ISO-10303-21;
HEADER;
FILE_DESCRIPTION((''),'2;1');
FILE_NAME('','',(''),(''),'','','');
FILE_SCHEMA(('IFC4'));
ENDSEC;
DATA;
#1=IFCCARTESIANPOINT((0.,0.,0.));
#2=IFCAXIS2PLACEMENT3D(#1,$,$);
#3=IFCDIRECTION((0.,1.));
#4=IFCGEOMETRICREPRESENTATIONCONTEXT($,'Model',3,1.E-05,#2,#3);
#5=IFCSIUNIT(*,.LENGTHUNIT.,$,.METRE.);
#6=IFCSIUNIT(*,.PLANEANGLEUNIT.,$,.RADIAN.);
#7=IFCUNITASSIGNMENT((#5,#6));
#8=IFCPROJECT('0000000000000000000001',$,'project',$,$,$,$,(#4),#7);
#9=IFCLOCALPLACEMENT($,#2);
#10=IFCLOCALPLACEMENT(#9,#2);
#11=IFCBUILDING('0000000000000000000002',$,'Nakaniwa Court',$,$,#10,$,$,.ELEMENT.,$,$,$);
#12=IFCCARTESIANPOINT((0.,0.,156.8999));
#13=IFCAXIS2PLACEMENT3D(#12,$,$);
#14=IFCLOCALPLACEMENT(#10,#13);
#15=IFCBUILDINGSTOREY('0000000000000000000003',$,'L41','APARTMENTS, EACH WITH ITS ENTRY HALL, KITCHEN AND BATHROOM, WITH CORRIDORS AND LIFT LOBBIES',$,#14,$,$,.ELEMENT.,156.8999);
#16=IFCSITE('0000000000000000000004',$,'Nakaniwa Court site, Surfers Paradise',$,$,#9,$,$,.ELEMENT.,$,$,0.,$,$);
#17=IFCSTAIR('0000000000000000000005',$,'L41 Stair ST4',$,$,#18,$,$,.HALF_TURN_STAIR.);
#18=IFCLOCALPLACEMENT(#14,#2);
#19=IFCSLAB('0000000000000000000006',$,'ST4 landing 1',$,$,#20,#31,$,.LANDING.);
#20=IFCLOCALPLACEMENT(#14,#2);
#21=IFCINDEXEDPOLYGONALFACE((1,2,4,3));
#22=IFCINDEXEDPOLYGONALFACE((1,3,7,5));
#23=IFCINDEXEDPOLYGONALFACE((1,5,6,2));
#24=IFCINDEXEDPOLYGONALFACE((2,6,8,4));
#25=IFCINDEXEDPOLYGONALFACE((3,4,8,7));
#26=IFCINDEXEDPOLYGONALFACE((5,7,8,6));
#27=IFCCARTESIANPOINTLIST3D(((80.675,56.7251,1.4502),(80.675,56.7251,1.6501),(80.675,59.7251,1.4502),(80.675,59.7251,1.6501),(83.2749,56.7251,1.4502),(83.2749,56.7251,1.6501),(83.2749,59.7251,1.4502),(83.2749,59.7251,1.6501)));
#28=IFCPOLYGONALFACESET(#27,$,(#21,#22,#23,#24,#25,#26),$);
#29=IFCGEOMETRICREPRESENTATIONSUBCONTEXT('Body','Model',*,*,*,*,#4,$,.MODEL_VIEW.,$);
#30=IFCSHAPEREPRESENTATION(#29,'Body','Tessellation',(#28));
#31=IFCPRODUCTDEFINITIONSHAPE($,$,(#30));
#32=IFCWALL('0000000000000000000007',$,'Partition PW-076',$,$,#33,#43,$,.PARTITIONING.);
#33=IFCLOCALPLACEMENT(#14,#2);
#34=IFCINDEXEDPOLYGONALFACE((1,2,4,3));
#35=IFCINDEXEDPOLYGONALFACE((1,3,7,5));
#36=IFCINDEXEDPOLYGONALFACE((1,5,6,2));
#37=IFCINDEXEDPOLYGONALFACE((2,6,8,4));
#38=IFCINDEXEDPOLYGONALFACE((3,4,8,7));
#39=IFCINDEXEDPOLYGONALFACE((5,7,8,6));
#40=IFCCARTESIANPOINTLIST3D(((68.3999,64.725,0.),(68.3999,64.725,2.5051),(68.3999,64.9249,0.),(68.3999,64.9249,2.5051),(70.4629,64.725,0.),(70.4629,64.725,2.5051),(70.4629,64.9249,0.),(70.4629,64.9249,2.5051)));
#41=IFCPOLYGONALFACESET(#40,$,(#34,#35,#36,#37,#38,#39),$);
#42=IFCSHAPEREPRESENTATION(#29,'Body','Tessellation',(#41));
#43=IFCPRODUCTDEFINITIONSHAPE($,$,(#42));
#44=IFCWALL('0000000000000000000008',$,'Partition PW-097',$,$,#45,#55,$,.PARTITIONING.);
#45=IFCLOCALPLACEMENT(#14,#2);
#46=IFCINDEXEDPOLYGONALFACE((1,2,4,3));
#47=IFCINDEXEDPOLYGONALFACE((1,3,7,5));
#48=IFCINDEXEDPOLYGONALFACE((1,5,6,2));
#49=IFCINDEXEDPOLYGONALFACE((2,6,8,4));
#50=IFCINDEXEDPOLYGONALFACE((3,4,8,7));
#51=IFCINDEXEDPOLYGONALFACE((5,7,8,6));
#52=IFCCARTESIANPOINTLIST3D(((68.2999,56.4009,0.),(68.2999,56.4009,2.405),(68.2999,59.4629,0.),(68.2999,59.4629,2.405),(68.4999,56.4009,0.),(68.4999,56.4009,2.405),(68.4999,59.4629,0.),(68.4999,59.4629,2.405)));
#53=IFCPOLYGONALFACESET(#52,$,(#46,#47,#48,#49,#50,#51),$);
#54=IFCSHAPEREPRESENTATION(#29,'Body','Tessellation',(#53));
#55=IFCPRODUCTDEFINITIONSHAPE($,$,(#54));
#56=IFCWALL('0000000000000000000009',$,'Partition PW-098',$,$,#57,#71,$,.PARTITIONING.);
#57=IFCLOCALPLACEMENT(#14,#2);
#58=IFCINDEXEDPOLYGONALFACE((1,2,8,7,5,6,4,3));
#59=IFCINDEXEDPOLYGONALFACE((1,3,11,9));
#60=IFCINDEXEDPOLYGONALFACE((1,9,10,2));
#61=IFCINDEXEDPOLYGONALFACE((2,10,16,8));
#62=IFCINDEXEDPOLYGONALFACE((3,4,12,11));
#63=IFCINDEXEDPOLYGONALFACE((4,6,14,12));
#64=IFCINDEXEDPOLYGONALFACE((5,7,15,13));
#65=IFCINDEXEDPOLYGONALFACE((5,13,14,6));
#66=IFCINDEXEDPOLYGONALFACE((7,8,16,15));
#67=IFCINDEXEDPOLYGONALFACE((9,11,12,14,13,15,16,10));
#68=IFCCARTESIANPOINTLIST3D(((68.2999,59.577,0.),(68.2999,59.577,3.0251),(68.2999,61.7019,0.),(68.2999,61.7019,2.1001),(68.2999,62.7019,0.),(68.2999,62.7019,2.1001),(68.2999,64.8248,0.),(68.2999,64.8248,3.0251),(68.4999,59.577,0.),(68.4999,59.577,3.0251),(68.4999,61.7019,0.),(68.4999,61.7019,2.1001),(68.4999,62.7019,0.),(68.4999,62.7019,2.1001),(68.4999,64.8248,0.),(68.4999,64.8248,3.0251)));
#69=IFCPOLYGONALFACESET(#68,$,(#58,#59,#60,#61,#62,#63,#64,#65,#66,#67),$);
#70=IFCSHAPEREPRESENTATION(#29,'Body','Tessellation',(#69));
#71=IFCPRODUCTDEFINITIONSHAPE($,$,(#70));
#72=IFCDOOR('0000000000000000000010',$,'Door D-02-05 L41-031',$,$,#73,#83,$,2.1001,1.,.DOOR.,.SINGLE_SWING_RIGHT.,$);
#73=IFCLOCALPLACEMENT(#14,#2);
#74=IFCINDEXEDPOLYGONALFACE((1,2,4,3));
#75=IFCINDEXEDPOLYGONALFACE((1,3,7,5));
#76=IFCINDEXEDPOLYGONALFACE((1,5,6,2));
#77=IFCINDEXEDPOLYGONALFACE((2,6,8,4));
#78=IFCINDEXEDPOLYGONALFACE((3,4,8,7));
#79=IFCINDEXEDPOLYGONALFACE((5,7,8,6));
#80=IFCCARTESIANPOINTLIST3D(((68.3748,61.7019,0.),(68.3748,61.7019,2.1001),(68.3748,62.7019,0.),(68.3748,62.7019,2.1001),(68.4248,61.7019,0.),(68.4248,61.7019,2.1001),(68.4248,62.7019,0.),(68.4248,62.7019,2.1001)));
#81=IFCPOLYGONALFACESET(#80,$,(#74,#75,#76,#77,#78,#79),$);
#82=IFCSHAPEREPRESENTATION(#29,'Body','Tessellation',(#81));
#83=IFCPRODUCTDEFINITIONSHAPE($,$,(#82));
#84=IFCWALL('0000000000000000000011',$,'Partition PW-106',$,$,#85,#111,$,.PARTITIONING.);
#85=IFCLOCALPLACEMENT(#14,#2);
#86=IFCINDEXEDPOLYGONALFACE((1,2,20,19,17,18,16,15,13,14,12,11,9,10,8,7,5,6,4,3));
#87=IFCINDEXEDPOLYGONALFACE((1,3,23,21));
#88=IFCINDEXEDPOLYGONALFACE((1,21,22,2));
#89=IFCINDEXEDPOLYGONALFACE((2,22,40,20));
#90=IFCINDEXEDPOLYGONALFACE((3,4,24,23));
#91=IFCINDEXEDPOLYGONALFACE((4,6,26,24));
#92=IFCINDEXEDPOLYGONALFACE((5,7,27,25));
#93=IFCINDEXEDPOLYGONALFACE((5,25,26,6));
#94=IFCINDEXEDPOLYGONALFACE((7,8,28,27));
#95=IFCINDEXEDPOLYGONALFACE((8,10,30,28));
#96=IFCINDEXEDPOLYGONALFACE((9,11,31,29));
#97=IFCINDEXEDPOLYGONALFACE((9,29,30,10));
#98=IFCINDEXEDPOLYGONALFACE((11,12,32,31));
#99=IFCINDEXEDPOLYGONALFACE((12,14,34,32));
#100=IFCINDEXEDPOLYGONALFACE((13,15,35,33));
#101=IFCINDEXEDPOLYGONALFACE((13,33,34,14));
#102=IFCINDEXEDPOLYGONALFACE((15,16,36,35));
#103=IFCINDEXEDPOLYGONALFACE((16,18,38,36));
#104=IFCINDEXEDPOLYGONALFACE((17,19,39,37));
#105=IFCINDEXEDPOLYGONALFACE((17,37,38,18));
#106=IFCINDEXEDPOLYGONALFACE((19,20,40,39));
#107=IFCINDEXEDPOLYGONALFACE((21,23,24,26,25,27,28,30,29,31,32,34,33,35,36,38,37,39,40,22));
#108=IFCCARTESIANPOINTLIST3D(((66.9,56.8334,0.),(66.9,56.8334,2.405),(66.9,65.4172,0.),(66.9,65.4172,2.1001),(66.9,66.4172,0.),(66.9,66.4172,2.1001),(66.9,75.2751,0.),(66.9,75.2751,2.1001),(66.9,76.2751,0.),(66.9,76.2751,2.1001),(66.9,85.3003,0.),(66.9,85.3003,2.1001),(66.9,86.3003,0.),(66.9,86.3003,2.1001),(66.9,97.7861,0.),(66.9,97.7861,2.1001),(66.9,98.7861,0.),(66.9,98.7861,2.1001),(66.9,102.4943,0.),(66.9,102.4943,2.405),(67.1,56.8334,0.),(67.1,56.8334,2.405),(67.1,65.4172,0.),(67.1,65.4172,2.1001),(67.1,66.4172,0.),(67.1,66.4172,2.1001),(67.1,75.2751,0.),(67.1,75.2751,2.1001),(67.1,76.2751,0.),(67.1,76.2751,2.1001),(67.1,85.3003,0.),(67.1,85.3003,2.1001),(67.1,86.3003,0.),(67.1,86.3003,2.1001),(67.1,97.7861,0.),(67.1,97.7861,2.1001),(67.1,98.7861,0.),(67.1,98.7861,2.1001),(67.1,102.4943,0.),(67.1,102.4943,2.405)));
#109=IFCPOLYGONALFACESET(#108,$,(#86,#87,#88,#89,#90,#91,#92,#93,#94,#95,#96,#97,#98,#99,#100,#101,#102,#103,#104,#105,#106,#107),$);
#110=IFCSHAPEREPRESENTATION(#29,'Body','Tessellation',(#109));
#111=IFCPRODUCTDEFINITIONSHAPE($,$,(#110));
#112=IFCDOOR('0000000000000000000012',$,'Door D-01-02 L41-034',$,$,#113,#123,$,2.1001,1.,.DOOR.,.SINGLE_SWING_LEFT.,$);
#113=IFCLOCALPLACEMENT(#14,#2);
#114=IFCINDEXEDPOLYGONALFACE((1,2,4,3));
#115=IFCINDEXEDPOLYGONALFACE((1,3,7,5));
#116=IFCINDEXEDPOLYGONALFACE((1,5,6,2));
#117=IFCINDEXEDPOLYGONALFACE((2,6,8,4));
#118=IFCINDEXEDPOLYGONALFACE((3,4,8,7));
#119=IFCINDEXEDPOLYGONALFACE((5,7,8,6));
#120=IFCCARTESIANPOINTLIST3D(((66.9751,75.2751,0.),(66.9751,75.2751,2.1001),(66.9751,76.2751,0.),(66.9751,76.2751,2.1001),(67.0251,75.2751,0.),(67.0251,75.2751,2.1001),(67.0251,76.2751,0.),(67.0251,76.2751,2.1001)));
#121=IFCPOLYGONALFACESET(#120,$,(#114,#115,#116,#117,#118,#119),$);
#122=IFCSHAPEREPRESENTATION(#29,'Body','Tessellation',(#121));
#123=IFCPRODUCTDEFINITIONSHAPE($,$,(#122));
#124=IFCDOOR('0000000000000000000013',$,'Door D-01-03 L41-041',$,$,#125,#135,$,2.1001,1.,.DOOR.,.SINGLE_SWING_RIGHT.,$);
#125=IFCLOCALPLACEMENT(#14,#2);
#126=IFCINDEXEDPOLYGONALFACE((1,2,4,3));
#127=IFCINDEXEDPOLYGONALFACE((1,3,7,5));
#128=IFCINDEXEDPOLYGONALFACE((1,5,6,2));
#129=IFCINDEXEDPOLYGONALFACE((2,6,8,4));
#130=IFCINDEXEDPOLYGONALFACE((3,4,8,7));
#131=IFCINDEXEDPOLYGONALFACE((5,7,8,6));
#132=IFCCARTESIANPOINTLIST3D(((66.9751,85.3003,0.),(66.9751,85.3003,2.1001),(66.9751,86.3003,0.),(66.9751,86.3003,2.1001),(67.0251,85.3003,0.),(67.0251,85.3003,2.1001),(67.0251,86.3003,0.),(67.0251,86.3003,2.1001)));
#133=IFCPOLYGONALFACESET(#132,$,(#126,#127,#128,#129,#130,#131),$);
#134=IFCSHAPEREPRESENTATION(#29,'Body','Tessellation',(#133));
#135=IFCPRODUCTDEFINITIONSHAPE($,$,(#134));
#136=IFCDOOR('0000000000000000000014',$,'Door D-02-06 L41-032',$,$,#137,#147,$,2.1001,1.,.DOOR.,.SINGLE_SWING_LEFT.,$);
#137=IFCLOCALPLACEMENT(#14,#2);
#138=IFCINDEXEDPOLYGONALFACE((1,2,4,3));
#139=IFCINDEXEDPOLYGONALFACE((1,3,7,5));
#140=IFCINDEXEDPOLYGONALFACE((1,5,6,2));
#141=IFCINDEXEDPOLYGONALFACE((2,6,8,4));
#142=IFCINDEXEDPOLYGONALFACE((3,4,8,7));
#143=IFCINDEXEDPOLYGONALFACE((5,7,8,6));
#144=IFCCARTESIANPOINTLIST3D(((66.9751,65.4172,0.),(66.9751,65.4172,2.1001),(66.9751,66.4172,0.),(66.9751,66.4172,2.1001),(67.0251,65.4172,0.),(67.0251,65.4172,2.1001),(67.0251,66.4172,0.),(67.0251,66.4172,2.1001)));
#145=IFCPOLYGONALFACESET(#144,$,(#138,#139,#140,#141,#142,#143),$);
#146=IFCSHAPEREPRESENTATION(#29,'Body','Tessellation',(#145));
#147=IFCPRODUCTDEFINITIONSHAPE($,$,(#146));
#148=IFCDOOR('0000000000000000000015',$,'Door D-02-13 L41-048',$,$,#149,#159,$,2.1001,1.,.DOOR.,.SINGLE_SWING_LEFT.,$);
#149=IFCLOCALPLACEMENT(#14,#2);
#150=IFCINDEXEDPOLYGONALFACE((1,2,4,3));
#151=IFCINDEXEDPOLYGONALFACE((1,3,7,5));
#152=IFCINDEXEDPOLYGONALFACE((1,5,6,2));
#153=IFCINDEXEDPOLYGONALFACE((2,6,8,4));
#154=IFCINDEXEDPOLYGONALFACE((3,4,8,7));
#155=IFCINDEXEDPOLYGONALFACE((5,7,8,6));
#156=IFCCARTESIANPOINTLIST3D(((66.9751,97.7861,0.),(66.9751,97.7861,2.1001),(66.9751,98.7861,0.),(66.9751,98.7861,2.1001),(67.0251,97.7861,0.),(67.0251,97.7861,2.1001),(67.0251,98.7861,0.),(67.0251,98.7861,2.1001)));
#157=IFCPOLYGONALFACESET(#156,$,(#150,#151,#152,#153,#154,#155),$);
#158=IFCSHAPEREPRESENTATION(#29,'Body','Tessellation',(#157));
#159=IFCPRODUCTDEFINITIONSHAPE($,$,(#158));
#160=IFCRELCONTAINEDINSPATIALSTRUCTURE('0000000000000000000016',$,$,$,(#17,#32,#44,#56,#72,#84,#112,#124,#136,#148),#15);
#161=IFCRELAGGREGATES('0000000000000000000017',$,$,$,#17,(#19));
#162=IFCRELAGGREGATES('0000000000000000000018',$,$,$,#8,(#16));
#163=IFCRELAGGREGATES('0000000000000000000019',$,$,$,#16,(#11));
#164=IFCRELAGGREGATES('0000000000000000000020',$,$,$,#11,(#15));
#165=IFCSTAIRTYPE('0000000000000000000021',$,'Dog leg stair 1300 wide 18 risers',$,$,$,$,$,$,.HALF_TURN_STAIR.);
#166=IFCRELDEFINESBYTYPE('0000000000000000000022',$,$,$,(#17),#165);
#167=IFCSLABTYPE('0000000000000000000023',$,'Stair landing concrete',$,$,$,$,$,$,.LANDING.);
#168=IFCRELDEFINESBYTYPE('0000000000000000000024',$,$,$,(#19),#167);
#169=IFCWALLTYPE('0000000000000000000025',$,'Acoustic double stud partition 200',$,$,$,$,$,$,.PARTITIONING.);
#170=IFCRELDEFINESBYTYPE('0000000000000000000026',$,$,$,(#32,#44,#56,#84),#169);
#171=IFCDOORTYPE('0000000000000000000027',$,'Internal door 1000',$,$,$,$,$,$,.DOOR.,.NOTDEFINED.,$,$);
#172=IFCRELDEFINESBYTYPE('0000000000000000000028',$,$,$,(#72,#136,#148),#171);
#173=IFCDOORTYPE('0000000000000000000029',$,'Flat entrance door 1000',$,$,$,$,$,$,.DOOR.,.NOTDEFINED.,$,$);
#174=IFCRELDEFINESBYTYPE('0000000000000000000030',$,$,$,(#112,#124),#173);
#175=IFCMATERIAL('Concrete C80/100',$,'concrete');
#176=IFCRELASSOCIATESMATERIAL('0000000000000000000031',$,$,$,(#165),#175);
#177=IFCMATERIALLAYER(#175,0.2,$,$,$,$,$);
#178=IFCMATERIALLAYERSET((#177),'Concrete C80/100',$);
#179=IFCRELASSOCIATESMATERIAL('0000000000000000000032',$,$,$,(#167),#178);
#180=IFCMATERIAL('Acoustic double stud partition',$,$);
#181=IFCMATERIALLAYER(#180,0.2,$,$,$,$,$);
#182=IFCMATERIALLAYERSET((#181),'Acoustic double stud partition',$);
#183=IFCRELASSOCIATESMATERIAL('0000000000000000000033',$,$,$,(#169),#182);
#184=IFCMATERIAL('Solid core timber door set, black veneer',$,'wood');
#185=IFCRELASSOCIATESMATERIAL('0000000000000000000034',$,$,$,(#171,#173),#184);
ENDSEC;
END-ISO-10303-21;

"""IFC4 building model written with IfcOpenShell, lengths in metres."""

from ifc_helpers import new_model, si_unit, direction, frame, frame_2d, origin, place, context, subcontext, project, spatial, polyline, rectangle, outline, extrude, material, layer, layer_set, type_object, element, fill, aggregate, save


model = new_model("IFC4")

# Units and contexts
model_context = context("Model", 3, precision=1e-05, world=origin(), true_north=direction((0.0, 1.0)))
body_context = subcontext(model_context, "Body", "Model", "MODEL_VIEW")
ifc_project = project(units=[si_unit("LENGTHUNIT", "METRE"), si_unit("PLANEANGLEUNIT", "RADIAN")], contexts=[model_context])

# Site, building, storey
site_placement = place(None, origin())
site = spatial("IfcSite", under=ifc_project, at=site_placement, Name="Nakaniwa Court site, Surfers Paradise", CompositionType="ELEMENT", RefElevation=0.0)
building_placement = place(site_placement, origin())
building = spatial("IfcBuilding", under=site, at=building_placement, Name="Nakaniwa Court", CompositionType="ELEMENT")
storey_placement = place(building_placement, frame((0.0, 0.0, 156.8999)))
storey = spatial("IfcBuildingStorey", under=building, at=storey_placement, Name="L41", Description="APARTMENTS, EACH WITH ITS ENTRY HALL, KITCHEN AND BATHROOM, WITH CORRIDORS AND LIFT LOBBIES", CompositionType="ELEMENT", Elevation=156.8999)

# Shared definitions
ifc_material_1 = material(Name="Concrete C80/100", Category="concrete")

# Stair, slab
stair_type = type_object("IfcStairType", Name="Dog leg stair 1300 wide 18 risers", PredefinedType="HALF_TURN_STAIR", material=ifc_material_1)
ifc_layer_1 = layer(ifc_material_1, 0.2)
ifc_layer_set_1 = layer_set([ifc_layer_1], Name="Concrete C80/100")
slab_type_1 = type_object("IfcSlabType", Name="Stair landing concrete", PredefinedType="LANDING", material=ifc_layer_set_1)
stair_1_placement = place(storey_placement, origin())
stair_1 = element("IfcStair", 1, at=stair_1_placement, inside=storey, type_object=stair_type, Name="L41 Stair ST4", PredefinedType="HALF_TURN_STAIR")
slab_1_placement = place(storey_placement, frame((0.0, 0.0, 1.4502)))
slab_1 = element("IfcSlab", 2, at=slab_1_placement, type_object=slab_type_1, Name="ST4 landing 1", PredefinedType="LANDING", context=body_context, shape_type="SweptSolid", body=[
    extrude(outline(polyline([(83.2749, 56.7251), (83.2749, 59.7251), (80.675, 59.7251), (80.675, 56.7251), (83.2749, 56.7251)])), origin(), (0.0, 0.0, 1.0), 0.2),
])
aggregate(stair_1, [slab_1])

# Walls
ifc_material_2 = material(Name="Acoustic double stud partition")
ifc_layer_2 = layer(ifc_material_2, 0.2)
ifc_layer_set_2 = layer_set([ifc_layer_2], Name="Acoustic double stud partition")
wall_type_1 = type_object("IfcWallType", Name="Acoustic double stud partition 200", PredefinedType="PARTITIONING", material=ifc_layer_set_2)
wall_1_placement = place(storey_placement, frame((68.3999, 64.825, 0.0), z_axis=(0.0, 0.0, 1.0), x_axis=(1.0, 0.0, 0.0)))
element("IfcWall", 3, at=wall_1_placement, inside=storey, type_object=wall_type_1, Name="Partition PW-076", PredefinedType="PARTITIONING", context=body_context, shape_type="SweptSolid", body=[
    extrude(rectangle(XDim=2.063, YDim=0.2, at=frame_2d((1.0315, 0.0))), origin(), (0.0, 0.0, 1.0), 2.5051),
])
wall_2_placement = place(storey_placement, frame((68.3999, 56.4009, 0.0), z_axis=(0.0, 0.0, 1.0), x_axis=(0.0, 1.0, 0.0)))
element("IfcWall", 4, at=wall_2_placement, inside=storey, type_object=wall_type_1, Name="Partition PW-097", PredefinedType="PARTITIONING", context=body_context, shape_type="SweptSolid", body=[
    extrude(rectangle(XDim=3.062, YDim=0.2, at=frame_2d((1.531, 0.0))), origin(), (0.0, 0.0, 1.0), 2.405),
])

# Wall, opening, door
wall_3_placement = place(storey_placement, frame((68.3999, 64.825, 0.0), z_axis=(0.0, 0.0, 1.0), x_axis=(0.0, -1.0, 0.0)))
wall_3 = element("IfcWall", 5, at=wall_3_placement, inside=storey, type_object=wall_type_1, Name="Partition PW-098", PredefinedType="PARTITIONING", context=body_context, shape_type="SweptSolid", body=[
    extrude(rectangle(XDim=5.2478, YDim=0.2, at=frame_2d((2.624, 0.0))), origin(), (0.0, 0.0, 1.0), 3.0251),
])
opening_1_placement = place(wall_3_placement, frame((2.123, 0.0, 0.0)))
opening_1 = element("IfcOpeningElement", 6, at=opening_1_placement, cuts=wall_3, PredefinedType="OPENING", context=body_context, shape_type="SweptSolid", body=[
    extrude(rectangle(XDim=1.0, YDim=2.1001, at=frame_2d((0.5, 1.05))), frame((0.0, 0.1099, 0.0), z_axis=(0.0, -1.0, 0.0), x_axis=(1.0, 0.0, 0.0)), (0.0, 0.0, 1.0), 0.22),
])
ifc_material_3 = material(Name="Solid core timber door set, black veneer", Category="wood")
door_type_1 = type_object("IfcDoorType", Name="Internal door 1000", OperationType="NOTDEFINED", PredefinedType="DOOR", material=ifc_material_3)
door_1_placement = place(opening_1_placement, origin())
door_1 = element("IfcDoor", 7, at=door_1_placement, inside=storey, type_object=door_type_1, Name="Door D-02-05 L41-031", OperationType="SINGLE_SWING_RIGHT", OverallHeight=2.1001, OverallWidth=1.0, PredefinedType="DOOR", context=body_context, shape_type="SweptSolid", body=[
    extrude(rectangle(XDim=1.0, YDim=2.1001, at=frame_2d((0.5, 1.05))), frame((0.0, 0.0249, 0.0), z_axis=(0.0, -1.0, 0.0), x_axis=(1.0, 0.0, 0.0)), (0.0, 0.0, 1.0), 0.05),
])
fill(opening_1, door_1)

# Wall, openings, doors
wall_4_placement = place(storey_placement, frame((67.0, 56.8333, 0.0), z_axis=(0.0, 0.0, 1.0), x_axis=(0.0, 1.0, 0.0)))
wall_4 = element("IfcWall", 8, at=wall_4_placement, inside=storey, type_object=wall_type_1, Name="Partition PW-106", PredefinedType="PARTITIONING", context=body_context, shape_type="SweptSolid", body=[
    extrude(rectangle(XDim=45.6609, YDim=0.2, at=frame_2d((22.8306, 0.0))), origin(), (0.0, 0.0, 1.0), 2.405),
])
opening_2_placement = place(wall_4_placement, frame((8.584, 0.0, 0.0)))
opening_2 = element("IfcOpeningElement", 9, at=opening_2_placement, cuts=wall_4, PredefinedType="OPENING", context=body_context, shape_type="SweptSolid", body=[
    extrude(rectangle(XDim=1.0, YDim=2.1001, at=frame_2d((0.5, 1.05))), frame((0.0, 0.1099, 0.0), z_axis=(0.0, -1.0, 0.0), x_axis=(1.0, 0.0, 0.0)), (0.0, 0.0, 1.0), 0.22),
])
opening_3_placement = place(wall_4_placement, frame((18.4419, 0.0, 0.0)))
opening_3 = element("IfcOpeningElement", 10, at=opening_3_placement, cuts=wall_4, PredefinedType="OPENING", context=body_context, shape_type="SweptSolid", body=[
    extrude(rectangle(XDim=1.0, YDim=2.1001, at=frame_2d((0.5, 1.05))), frame((0.0, 0.1099, 0.0), z_axis=(0.0, -1.0, 0.0), x_axis=(1.0, 0.0, 0.0)), (0.0, 0.0, 1.0), 0.22),
])
opening_4_placement = place(wall_4_placement, frame((28.467, 0.0, 0.0)))
opening_4 = element("IfcOpeningElement", 11, at=opening_4_placement, cuts=wall_4, PredefinedType="OPENING", context=body_context, shape_type="SweptSolid", body=[
    extrude(rectangle(XDim=1.0, YDim=2.1001, at=frame_2d((0.5, 1.05))), frame((0.0, 0.1099, 0.0), z_axis=(0.0, -1.0, 0.0), x_axis=(1.0, 0.0, 0.0)), (0.0, 0.0, 1.0), 0.22),
])
opening_5_placement = place(wall_4_placement, frame((40.9529, 0.0, 0.0)))
opening_5 = element("IfcOpeningElement", 12, at=opening_5_placement, cuts=wall_4, PredefinedType="OPENING", context=body_context, shape_type="SweptSolid", body=[
    extrude(rectangle(XDim=1.0, YDim=2.1001, at=frame_2d((0.5, 1.05))), frame((0.0, 0.1099, 0.0), z_axis=(0.0, -1.0, 0.0), x_axis=(1.0, 0.0, 0.0)), (0.0, 0.0, 1.0), 0.22),
])
door_type_2 = type_object("IfcDoorType", Name="Flat entrance door 1000", OperationType="NOTDEFINED", PredefinedType="DOOR", material=ifc_material_3)
door_2_placement = place(opening_3_placement, origin())
door_2 = element("IfcDoor", 13, at=door_2_placement, inside=storey, type_object=door_type_2, Name="Door D-01-02 L41-034", OperationType="SINGLE_SWING_LEFT", OverallHeight=2.1001, OverallWidth=1.0, PredefinedType="DOOR", context=body_context, shape_type="SweptSolid", body=[
    extrude(rectangle(XDim=1.0, YDim=2.1001, at=frame_2d((0.5, 1.05))), frame((0.0, 0.0249, 0.0), z_axis=(0.0, -1.0, 0.0), x_axis=(1.0, 0.0, 0.0)), (0.0, 0.0, 1.0), 0.05),
])
fill(opening_3, door_2)
door_3_placement = place(opening_4_placement, origin())
door_3 = element("IfcDoor", 14, at=door_3_placement, inside=storey, type_object=door_type_2, Name="Door D-01-03 L41-041", OperationType="SINGLE_SWING_RIGHT", OverallHeight=2.1001, OverallWidth=1.0, PredefinedType="DOOR", context=body_context, shape_type="SweptSolid", body=[
    extrude(rectangle(XDim=1.0, YDim=2.1001, at=frame_2d((0.5, 1.05))), frame((0.0, 0.0249, 0.0), z_axis=(0.0, -1.0, 0.0), x_axis=(1.0, 0.0, 0.0)), (0.0, 0.0, 1.0), 0.05),
])
fill(opening_4, door_3)
door_4_placement = place(opening_2_placement, origin())
door_4 = element("IfcDoor", 15, at=door_4_placement, inside=storey, type_object=door_type_1, Name="Door D-02-06 L41-032", OperationType="SINGLE_SWING_LEFT", OverallHeight=2.1001, OverallWidth=1.0, PredefinedType="DOOR", context=body_context, shape_type="SweptSolid", body=[
    extrude(rectangle(XDim=1.0, YDim=2.1001, at=frame_2d((0.5, 1.05))), frame((0.0, 0.0249, 0.0), z_axis=(0.0, -1.0, 0.0), x_axis=(1.0, 0.0, 0.0)), (0.0, 0.0, 1.0), 0.05),
])
fill(opening_2, door_4)
door_5_placement = place(opening_5_placement, origin())
door_5 = element("IfcDoor", 16, at=door_5_placement, inside=storey, type_object=door_type_1, Name="Door D-02-13 L41-048", OperationType="SINGLE_SWING_LEFT", OverallHeight=2.1001, OverallWidth=1.0, PredefinedType="DOOR", context=body_context, shape_type="SweptSolid", body=[
    extrude(rectangle(XDim=1.0, YDim=2.1001, at=frame_2d((0.5, 1.05))), frame((0.0, 0.0249, 0.0), z_axis=(0.0, -1.0, 0.0), x_axis=(1.0, 0.0, 0.0)), (0.0, 0.0, 1.0), 0.05),
])
fill(opening_5, door_5)

save(model, "model.ifc")
